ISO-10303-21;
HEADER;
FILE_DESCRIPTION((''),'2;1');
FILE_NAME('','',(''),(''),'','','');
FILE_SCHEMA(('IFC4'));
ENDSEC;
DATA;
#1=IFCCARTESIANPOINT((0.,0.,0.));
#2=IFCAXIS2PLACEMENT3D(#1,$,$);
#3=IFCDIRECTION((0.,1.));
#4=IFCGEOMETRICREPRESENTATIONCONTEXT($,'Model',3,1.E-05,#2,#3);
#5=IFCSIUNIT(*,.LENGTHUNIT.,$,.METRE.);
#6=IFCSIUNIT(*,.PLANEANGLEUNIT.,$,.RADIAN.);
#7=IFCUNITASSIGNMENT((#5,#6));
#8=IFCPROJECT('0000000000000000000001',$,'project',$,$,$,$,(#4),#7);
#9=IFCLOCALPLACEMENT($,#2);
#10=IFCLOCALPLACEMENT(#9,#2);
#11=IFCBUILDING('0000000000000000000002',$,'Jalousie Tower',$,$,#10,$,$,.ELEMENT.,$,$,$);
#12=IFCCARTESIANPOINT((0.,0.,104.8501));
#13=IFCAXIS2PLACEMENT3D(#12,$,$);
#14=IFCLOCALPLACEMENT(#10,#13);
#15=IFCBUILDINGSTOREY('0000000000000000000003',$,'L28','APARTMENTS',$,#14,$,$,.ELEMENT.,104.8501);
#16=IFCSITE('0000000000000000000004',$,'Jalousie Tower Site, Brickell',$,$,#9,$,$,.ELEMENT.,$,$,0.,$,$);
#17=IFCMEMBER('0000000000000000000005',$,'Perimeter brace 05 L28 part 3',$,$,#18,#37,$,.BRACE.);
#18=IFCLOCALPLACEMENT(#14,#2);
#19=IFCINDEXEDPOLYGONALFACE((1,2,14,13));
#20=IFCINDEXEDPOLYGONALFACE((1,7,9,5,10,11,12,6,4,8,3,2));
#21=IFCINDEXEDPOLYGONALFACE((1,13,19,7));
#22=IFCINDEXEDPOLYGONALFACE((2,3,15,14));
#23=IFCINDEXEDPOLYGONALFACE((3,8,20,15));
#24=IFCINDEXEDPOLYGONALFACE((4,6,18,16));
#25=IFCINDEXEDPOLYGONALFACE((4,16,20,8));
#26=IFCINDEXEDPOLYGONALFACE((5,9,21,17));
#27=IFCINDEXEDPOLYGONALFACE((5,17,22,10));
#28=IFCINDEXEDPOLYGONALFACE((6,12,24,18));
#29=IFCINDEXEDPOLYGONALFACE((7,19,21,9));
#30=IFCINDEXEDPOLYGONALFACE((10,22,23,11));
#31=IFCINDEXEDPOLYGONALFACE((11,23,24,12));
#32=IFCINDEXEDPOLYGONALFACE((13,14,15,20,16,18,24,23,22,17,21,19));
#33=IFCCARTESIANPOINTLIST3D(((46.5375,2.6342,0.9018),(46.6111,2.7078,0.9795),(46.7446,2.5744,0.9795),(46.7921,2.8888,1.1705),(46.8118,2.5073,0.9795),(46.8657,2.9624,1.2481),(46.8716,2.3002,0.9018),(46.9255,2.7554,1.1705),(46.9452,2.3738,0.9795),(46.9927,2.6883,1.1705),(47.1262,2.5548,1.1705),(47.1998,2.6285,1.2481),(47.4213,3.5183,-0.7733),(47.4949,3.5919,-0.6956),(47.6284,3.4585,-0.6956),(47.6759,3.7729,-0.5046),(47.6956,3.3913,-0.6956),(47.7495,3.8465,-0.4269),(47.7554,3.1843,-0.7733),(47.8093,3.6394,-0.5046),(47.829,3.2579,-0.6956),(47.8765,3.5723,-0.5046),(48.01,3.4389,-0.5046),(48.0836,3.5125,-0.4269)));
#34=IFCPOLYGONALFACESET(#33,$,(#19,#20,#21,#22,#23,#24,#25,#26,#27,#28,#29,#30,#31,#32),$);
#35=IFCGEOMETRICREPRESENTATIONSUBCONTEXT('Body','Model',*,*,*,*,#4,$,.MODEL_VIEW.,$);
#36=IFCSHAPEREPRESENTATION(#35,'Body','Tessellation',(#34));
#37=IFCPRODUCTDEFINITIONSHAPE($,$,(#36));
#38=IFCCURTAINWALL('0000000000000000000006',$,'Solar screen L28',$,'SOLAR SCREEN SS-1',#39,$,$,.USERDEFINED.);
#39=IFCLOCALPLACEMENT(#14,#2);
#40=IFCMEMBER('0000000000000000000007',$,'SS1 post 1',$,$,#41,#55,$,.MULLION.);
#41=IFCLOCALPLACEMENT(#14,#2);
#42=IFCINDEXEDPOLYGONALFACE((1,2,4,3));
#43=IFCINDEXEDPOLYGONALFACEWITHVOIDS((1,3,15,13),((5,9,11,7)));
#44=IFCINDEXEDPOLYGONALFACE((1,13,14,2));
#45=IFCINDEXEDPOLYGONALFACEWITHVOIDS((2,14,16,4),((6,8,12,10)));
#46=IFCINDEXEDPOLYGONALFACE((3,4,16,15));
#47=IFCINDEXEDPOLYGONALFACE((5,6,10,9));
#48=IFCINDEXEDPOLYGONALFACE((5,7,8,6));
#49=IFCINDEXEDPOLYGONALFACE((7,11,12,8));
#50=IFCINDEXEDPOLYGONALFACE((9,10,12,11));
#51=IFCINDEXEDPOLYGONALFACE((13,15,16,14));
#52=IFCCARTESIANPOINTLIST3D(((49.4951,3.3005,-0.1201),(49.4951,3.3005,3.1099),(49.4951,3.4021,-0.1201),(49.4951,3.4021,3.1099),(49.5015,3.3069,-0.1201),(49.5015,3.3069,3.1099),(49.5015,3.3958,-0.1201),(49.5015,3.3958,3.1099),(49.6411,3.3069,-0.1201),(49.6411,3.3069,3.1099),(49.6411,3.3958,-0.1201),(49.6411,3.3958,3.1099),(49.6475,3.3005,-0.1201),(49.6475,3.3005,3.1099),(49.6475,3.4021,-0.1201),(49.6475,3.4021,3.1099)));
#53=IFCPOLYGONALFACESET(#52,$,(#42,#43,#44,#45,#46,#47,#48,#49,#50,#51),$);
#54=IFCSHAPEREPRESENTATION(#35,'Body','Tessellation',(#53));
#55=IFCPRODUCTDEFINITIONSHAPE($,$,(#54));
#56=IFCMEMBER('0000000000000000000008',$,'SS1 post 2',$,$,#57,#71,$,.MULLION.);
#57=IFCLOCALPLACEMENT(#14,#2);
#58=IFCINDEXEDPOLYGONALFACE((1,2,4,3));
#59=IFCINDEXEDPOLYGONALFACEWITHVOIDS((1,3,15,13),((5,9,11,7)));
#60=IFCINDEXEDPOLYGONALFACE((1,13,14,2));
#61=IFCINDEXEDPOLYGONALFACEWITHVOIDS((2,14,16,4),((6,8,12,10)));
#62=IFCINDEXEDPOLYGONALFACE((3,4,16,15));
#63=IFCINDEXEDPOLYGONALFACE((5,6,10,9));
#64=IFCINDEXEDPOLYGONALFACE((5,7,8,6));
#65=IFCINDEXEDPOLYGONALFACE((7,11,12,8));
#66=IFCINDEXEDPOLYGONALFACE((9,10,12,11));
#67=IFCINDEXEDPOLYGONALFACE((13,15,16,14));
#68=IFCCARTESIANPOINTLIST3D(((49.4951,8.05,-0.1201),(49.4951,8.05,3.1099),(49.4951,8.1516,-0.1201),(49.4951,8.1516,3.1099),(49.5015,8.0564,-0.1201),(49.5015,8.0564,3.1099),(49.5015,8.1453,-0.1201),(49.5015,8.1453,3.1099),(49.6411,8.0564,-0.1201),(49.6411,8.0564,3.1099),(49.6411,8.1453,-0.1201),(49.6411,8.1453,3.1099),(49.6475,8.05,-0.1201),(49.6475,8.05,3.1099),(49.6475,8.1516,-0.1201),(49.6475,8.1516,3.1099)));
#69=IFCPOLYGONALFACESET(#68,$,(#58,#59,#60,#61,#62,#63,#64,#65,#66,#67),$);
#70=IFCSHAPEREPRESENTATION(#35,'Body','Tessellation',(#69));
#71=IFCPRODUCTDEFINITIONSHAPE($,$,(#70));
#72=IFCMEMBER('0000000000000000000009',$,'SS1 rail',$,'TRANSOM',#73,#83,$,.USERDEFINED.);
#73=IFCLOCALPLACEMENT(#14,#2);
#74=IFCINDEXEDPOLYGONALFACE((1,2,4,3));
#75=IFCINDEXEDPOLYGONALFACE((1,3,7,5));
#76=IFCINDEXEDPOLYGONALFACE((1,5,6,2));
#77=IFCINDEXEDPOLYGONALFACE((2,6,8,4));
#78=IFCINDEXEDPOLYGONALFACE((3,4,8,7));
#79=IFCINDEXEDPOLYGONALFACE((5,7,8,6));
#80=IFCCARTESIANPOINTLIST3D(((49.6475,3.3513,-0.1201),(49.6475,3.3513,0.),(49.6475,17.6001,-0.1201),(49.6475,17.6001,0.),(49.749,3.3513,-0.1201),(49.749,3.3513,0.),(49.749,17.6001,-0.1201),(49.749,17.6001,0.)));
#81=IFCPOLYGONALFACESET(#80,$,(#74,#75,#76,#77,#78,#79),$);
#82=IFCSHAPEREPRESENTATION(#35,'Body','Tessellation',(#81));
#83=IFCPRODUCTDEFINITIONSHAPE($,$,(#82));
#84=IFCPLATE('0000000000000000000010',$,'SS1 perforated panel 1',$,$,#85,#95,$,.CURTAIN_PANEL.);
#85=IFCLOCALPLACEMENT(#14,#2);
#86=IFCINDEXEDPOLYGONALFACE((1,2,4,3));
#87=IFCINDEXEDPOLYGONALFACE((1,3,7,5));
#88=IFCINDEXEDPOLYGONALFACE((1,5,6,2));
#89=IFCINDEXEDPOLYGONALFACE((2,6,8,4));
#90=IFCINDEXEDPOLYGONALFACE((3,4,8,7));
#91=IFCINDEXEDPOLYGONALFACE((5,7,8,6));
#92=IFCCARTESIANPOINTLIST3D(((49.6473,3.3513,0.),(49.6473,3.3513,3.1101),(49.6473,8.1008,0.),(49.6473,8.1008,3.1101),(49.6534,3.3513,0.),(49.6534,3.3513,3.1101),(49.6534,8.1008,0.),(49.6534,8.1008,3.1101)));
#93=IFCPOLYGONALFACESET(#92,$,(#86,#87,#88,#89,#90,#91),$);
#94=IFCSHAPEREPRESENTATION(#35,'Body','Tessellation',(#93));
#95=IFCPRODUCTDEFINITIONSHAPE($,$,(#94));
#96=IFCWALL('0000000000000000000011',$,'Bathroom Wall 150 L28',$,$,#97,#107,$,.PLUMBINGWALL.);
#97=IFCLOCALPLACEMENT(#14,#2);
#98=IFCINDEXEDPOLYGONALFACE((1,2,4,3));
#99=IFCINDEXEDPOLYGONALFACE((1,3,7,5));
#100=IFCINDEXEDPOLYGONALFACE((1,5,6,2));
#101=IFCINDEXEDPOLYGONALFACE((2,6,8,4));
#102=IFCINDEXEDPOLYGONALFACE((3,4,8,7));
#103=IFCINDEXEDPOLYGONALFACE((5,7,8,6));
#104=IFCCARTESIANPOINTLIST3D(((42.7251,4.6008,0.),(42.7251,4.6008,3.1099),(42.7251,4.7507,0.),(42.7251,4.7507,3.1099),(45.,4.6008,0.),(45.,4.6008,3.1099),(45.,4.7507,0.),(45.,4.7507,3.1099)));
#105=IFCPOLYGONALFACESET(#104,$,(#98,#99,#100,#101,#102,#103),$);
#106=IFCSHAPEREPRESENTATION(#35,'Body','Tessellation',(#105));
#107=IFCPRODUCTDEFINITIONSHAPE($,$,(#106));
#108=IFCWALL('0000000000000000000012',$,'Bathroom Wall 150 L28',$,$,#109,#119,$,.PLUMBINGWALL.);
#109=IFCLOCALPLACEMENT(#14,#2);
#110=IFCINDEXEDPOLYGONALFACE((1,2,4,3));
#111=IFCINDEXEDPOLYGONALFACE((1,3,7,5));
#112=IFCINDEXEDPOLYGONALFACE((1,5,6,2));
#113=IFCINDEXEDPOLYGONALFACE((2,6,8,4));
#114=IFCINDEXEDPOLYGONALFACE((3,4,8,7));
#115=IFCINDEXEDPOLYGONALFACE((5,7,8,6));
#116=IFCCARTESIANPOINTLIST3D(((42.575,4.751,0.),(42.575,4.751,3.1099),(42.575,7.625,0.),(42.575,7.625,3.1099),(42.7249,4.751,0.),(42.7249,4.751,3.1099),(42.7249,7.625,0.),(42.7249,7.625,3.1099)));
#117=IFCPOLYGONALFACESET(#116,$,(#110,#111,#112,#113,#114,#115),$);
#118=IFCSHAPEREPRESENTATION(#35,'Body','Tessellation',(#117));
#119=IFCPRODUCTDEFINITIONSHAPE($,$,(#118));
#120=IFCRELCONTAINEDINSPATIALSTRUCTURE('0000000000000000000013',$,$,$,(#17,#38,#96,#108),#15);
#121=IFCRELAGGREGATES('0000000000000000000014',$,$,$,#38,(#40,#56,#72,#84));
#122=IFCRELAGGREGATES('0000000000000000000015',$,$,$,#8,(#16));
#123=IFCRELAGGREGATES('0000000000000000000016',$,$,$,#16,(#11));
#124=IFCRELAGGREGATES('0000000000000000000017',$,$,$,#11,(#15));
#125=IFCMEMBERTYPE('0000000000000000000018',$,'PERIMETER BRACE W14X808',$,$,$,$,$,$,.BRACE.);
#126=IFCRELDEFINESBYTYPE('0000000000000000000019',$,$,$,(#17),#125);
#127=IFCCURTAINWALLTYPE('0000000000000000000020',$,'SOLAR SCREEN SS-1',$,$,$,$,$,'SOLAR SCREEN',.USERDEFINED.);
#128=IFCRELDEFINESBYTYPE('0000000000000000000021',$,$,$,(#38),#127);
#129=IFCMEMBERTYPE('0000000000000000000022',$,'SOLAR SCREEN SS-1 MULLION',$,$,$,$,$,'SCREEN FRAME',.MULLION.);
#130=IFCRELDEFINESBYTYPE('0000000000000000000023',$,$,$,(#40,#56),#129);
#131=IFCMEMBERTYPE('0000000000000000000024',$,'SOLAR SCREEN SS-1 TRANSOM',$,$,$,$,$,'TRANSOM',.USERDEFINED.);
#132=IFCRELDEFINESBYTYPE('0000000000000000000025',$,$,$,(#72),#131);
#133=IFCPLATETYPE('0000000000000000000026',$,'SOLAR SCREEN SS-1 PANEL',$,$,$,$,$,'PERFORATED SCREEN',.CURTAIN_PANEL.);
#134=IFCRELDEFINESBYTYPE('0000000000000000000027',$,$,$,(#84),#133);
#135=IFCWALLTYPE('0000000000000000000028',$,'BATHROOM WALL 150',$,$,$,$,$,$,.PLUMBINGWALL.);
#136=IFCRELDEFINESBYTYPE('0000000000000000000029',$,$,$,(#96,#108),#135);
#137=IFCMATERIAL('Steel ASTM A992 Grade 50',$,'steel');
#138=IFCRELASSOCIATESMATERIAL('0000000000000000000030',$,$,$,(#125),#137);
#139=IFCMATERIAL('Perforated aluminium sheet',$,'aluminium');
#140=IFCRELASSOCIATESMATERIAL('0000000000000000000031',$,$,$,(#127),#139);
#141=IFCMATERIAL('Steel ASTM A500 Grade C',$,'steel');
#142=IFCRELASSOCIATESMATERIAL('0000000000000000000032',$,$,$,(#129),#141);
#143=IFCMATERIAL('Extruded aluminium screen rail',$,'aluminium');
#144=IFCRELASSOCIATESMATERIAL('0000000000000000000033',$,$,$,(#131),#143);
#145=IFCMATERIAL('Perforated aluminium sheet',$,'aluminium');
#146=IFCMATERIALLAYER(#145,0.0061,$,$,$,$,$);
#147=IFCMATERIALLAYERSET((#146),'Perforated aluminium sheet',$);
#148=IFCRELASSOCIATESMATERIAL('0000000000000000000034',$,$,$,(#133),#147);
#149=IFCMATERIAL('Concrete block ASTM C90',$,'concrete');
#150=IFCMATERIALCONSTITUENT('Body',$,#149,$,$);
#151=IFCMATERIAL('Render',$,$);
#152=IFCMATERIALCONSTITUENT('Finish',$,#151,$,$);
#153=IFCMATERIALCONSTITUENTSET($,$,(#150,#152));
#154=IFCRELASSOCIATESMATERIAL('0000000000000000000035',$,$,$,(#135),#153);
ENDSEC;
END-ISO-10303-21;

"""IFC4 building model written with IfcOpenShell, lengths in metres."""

from ifc_helpers import new_model, si_unit, direction, frame, frame_2d, origin, origin_2d, place, context, subcontext, project, spatial, rectangle, hollow_rectangle, i_section, extrude, material, layer, layer_set, constituent, constituent_set, material_profile, profile_set, type_object, element, aggregate, save


model = new_model("IFC4")

# Units and contexts
model_context = context("Model", 3, precision=1e-05, world=origin(), true_north=direction((0.0, 1.0)))
body_context = subcontext(model_context, "Body", "Model", "MODEL_VIEW")
ifc_project = project(units=[si_unit("LENGTHUNIT", "METRE"), si_unit("PLANEANGLEUNIT", "RADIAN")], contexts=[model_context])

# Site, building, storey
site_placement = place(None, origin())
site = spatial("IfcSite", under=ifc_project, at=site_placement, Name="Jalousie Tower Site, Brickell", CompositionType="ELEMENT", RefElevation=0.0)
building_placement = place(site_placement, origin())
building = spatial("IfcBuilding", under=site, at=building_placement, Name="Jalousie Tower", CompositionType="ELEMENT")
storey_placement = place(building_placement, frame((0.0, 0.0, 104.8501)))
storey = spatial("IfcBuildingStorey", under=building, at=storey_placement, Name="L28", Description="APARTMENTS", CompositionType="ELEMENT", Elevation=104.8501)

# Member
ifc_material_1 = material(Name="Steel ASTM A992 Grade 50", Category="steel")
ifc_material_profile_1 = material_profile(ifc_material_1, i_section(OverallWidth=0.4724, OverallDepth=0.5791, WebThickness=0.095, FlangeThickness=0.1299, at=origin_2d()), Name="W14X808")
ifc_profile_set_1 = profile_set([ifc_material_profile_1], Name="Steel ASTM A992 Grade 50")
member_type_1 = type_object("IfcMemberType", Name="PERIMETER BRACE W14X808", PredefinedType="BRACE", material=ifc_profile_set_1)
member_1_placement = place(storey_placement, frame((47.7524, 3.5154, -0.6001), z_axis=(-0.422852, -0.422969, 0.801432), x_axis=(0.707204, -0.707009, 0.0)))
element("IfcMember", 1, at=member_1_placement, inside=storey, type_object=member_type_1, Name="Perimeter brace 05 L28 part 3", PredefinedType="BRACE", context=body_context, shape_type="SweptSolid", body=[
    extrude(i_section(OverallWidth=0.4724, OverallDepth=0.5791, WebThickness=0.095, FlangeThickness=0.1299, at=origin_2d()), origin(), (0.0, 0.0, 1.0), 2.0901),
])

# Curtain wall, members, plate
ifc_material_2 = material(Name="Perforated aluminium sheet", Category="aluminium")
curtain_wall_type = type_object("IfcCurtainWallType", Name="SOLAR SCREEN SS-1", ElementType="SOLAR SCREEN", PredefinedType="USERDEFINED", material=ifc_material_2)
curtain_wall_placement = place(storey_placement, origin())
curtain_wall = element("IfcCurtainWall", 2, at=curtain_wall_placement, inside=storey, type_object=curtain_wall_type, Name="Solar screen L28", ObjectType="SOLAR SCREEN SS-1", PredefinedType="USERDEFINED")
ifc_material_3 = material(Name="Steel ASTM A500 Grade C", Category="steel")
ifc_material_profile_2 = material_profile(ifc_material_3, hollow_rectangle(XDim=0.1016, YDim=0.1523, WallThickness=0.0063, at=origin_2d()), Name="HSS6X4X1/4")
ifc_profile_set_2 = profile_set([ifc_material_profile_2], Name="Steel ASTM A500 Grade C")
member_type_2 = type_object("IfcMemberType", Name="SOLAR SCREEN SS-1 MULLION", ElementType="SCREEN FRAME", PredefinedType="MULLION", material=ifc_profile_set_2)
member_2_placement = place(storey_placement, frame((49.5713, 3.3513, -0.1201), z_axis=(0.0, 0.0, 1.0), x_axis=(0.0, 1.0, 0.0)))
member_2 = element("IfcMember", 3, at=member_2_placement, type_object=member_type_2, Name="SS1 post 1", PredefinedType="MULLION", context=body_context, shape_type="SweptSolid", body=[
    extrude(hollow_rectangle(XDim=0.1016, YDim=0.1523, WallThickness=0.0063, at=origin_2d()), origin(), (0.0, 0.0, 1.0), 3.23),
])
member_3_placement = place(storey_placement, frame((49.5713, 8.1008, -0.1201), z_axis=(0.0, 0.0, 1.0), x_axis=(0.0, 1.0, 0.0)))
member_3 = element("IfcMember", 4, at=member_3_placement, type_object=member_type_2, Name="SS1 post 2", PredefinedType="MULLION", context=body_context, shape_type="SweptSolid", body=[
    extrude(hollow_rectangle(XDim=0.1016, YDim=0.1523, WallThickness=0.0063, at=origin_2d()), origin(), (0.0, 0.0, 1.0), 3.23),
])
ifc_material_4 = material(Name="Extruded aluminium screen rail", Category="aluminium")
ifc_material_profile_3 = material_profile(ifc_material_4, rectangle(XDim=0.1016, YDim=0.1201, at=origin_2d()), Name="RAIL 102x120")
ifc_profile_set_3 = profile_set([ifc_material_profile_3], Name="Extruded aluminium screen rail")
member_type_3 = type_object("IfcMemberType", Name="SOLAR SCREEN SS-1 TRANSOM", ElementType="TRANSOM", PredefinedType="USERDEFINED", material=ifc_profile_set_3)
member_4_placement = place(storey_placement, frame((49.6982, 3.3513, -0.0601), z_axis=(0.0, 1.0, 0.0), x_axis=(-1.0, 0.0, 0.0)))
member_4 = element("IfcMember", 5, at=member_4_placement, type_object=member_type_3, Name="SS1 rail", ObjectType="TRANSOM", PredefinedType="USERDEFINED", context=body_context, shape_type="SweptSolid", body=[
    extrude(rectangle(XDim=0.1016, YDim=0.1201, at=origin_2d()), origin(), (0.0, 0.0, 1.0), 14.2488),
])
ifc_material_5 = material(Name="Perforated aluminium sheet", Category="aluminium")
ifc_layer = layer(ifc_material_5, 0.0061)
ifc_layer_set = layer_set([ifc_layer], Name="Perforated aluminium sheet")
plate_type = type_object("IfcPlateType", Name="SOLAR SCREEN SS-1 PANEL", ElementType="PERFORATED SCREEN", PredefinedType="CURTAIN_PANEL", material=ifc_layer_set)
plate_placement = place(storey_placement, frame((49.6504, 5.7261, 0.0), z_axis=(0.0, 0.0, 1.0), x_axis=(0.0, 1.0, 0.0)))
plate = element("IfcPlate", 6, at=plate_placement, type_object=plate_type, Name="SS1 perforated panel 1", PredefinedType="CURTAIN_PANEL", context=body_context, shape_type="SweptSolid", body=[
    extrude(rectangle(XDim=4.7495, YDim=0.0061, at=origin_2d()), origin(), (0.0, 0.0, 1.0), 3.1101),
])
aggregate(curtain_wall, [member_2, member_3, member_4, plate])

# Walls
ifc_material_6 = material(Name="Concrete block ASTM C90", Category="concrete")
ifc_constituent_1 = constituent(ifc_material_6, Name="Body")
ifc_material_7 = material(Name="Render")
ifc_constituent_2 = constituent(ifc_material_7, Name="Finish")
ifc_constituent_set_1 = constituent_set(constituents=[ifc_constituent_1, ifc_constituent_2])
wall_type_1 = type_object("IfcWallType", Name="BATHROOM WALL 150", PredefinedType="PLUMBINGWALL", material=ifc_constituent_set_1)
wall_1_placement = place(storey_placement, frame((42.7251, 4.6758, 0.0), z_axis=(0.0, 0.0, 1.0), x_axis=(1.0, 0.0, 0.0)))
element("IfcWall", 7, at=wall_1_placement, inside=storey, type_object=wall_type_1, Name="Bathroom Wall 150 L28", PredefinedType="PLUMBINGWALL", context=body_context, shape_type="SweptSolid", body=[
    extrude(rectangle(XDim=2.2749, YDim=0.1499, at=frame_2d((1.1375, 0.0))), origin(), (0.0, 0.0, 1.0), 3.1099),
])
wall_2_placement = place(storey_placement, frame((42.6499, 4.751, 0.0), z_axis=(0.0, 0.0, 1.0), x_axis=(0.0, 1.0, 0.0)))
element("IfcWall", 8, at=wall_2_placement, inside=storey, type_object=wall_type_1, Name="Bathroom Wall 150 L28", PredefinedType="PLUMBINGWALL", context=body_context, shape_type="SweptSolid", body=[
    extrude(rectangle(XDim=2.874, YDim=0.1499, at=frame_2d((1.437, 0.0))), origin(), (0.0, 0.0, 1.0), 3.1099),
])

save(model, "model.ifc")
